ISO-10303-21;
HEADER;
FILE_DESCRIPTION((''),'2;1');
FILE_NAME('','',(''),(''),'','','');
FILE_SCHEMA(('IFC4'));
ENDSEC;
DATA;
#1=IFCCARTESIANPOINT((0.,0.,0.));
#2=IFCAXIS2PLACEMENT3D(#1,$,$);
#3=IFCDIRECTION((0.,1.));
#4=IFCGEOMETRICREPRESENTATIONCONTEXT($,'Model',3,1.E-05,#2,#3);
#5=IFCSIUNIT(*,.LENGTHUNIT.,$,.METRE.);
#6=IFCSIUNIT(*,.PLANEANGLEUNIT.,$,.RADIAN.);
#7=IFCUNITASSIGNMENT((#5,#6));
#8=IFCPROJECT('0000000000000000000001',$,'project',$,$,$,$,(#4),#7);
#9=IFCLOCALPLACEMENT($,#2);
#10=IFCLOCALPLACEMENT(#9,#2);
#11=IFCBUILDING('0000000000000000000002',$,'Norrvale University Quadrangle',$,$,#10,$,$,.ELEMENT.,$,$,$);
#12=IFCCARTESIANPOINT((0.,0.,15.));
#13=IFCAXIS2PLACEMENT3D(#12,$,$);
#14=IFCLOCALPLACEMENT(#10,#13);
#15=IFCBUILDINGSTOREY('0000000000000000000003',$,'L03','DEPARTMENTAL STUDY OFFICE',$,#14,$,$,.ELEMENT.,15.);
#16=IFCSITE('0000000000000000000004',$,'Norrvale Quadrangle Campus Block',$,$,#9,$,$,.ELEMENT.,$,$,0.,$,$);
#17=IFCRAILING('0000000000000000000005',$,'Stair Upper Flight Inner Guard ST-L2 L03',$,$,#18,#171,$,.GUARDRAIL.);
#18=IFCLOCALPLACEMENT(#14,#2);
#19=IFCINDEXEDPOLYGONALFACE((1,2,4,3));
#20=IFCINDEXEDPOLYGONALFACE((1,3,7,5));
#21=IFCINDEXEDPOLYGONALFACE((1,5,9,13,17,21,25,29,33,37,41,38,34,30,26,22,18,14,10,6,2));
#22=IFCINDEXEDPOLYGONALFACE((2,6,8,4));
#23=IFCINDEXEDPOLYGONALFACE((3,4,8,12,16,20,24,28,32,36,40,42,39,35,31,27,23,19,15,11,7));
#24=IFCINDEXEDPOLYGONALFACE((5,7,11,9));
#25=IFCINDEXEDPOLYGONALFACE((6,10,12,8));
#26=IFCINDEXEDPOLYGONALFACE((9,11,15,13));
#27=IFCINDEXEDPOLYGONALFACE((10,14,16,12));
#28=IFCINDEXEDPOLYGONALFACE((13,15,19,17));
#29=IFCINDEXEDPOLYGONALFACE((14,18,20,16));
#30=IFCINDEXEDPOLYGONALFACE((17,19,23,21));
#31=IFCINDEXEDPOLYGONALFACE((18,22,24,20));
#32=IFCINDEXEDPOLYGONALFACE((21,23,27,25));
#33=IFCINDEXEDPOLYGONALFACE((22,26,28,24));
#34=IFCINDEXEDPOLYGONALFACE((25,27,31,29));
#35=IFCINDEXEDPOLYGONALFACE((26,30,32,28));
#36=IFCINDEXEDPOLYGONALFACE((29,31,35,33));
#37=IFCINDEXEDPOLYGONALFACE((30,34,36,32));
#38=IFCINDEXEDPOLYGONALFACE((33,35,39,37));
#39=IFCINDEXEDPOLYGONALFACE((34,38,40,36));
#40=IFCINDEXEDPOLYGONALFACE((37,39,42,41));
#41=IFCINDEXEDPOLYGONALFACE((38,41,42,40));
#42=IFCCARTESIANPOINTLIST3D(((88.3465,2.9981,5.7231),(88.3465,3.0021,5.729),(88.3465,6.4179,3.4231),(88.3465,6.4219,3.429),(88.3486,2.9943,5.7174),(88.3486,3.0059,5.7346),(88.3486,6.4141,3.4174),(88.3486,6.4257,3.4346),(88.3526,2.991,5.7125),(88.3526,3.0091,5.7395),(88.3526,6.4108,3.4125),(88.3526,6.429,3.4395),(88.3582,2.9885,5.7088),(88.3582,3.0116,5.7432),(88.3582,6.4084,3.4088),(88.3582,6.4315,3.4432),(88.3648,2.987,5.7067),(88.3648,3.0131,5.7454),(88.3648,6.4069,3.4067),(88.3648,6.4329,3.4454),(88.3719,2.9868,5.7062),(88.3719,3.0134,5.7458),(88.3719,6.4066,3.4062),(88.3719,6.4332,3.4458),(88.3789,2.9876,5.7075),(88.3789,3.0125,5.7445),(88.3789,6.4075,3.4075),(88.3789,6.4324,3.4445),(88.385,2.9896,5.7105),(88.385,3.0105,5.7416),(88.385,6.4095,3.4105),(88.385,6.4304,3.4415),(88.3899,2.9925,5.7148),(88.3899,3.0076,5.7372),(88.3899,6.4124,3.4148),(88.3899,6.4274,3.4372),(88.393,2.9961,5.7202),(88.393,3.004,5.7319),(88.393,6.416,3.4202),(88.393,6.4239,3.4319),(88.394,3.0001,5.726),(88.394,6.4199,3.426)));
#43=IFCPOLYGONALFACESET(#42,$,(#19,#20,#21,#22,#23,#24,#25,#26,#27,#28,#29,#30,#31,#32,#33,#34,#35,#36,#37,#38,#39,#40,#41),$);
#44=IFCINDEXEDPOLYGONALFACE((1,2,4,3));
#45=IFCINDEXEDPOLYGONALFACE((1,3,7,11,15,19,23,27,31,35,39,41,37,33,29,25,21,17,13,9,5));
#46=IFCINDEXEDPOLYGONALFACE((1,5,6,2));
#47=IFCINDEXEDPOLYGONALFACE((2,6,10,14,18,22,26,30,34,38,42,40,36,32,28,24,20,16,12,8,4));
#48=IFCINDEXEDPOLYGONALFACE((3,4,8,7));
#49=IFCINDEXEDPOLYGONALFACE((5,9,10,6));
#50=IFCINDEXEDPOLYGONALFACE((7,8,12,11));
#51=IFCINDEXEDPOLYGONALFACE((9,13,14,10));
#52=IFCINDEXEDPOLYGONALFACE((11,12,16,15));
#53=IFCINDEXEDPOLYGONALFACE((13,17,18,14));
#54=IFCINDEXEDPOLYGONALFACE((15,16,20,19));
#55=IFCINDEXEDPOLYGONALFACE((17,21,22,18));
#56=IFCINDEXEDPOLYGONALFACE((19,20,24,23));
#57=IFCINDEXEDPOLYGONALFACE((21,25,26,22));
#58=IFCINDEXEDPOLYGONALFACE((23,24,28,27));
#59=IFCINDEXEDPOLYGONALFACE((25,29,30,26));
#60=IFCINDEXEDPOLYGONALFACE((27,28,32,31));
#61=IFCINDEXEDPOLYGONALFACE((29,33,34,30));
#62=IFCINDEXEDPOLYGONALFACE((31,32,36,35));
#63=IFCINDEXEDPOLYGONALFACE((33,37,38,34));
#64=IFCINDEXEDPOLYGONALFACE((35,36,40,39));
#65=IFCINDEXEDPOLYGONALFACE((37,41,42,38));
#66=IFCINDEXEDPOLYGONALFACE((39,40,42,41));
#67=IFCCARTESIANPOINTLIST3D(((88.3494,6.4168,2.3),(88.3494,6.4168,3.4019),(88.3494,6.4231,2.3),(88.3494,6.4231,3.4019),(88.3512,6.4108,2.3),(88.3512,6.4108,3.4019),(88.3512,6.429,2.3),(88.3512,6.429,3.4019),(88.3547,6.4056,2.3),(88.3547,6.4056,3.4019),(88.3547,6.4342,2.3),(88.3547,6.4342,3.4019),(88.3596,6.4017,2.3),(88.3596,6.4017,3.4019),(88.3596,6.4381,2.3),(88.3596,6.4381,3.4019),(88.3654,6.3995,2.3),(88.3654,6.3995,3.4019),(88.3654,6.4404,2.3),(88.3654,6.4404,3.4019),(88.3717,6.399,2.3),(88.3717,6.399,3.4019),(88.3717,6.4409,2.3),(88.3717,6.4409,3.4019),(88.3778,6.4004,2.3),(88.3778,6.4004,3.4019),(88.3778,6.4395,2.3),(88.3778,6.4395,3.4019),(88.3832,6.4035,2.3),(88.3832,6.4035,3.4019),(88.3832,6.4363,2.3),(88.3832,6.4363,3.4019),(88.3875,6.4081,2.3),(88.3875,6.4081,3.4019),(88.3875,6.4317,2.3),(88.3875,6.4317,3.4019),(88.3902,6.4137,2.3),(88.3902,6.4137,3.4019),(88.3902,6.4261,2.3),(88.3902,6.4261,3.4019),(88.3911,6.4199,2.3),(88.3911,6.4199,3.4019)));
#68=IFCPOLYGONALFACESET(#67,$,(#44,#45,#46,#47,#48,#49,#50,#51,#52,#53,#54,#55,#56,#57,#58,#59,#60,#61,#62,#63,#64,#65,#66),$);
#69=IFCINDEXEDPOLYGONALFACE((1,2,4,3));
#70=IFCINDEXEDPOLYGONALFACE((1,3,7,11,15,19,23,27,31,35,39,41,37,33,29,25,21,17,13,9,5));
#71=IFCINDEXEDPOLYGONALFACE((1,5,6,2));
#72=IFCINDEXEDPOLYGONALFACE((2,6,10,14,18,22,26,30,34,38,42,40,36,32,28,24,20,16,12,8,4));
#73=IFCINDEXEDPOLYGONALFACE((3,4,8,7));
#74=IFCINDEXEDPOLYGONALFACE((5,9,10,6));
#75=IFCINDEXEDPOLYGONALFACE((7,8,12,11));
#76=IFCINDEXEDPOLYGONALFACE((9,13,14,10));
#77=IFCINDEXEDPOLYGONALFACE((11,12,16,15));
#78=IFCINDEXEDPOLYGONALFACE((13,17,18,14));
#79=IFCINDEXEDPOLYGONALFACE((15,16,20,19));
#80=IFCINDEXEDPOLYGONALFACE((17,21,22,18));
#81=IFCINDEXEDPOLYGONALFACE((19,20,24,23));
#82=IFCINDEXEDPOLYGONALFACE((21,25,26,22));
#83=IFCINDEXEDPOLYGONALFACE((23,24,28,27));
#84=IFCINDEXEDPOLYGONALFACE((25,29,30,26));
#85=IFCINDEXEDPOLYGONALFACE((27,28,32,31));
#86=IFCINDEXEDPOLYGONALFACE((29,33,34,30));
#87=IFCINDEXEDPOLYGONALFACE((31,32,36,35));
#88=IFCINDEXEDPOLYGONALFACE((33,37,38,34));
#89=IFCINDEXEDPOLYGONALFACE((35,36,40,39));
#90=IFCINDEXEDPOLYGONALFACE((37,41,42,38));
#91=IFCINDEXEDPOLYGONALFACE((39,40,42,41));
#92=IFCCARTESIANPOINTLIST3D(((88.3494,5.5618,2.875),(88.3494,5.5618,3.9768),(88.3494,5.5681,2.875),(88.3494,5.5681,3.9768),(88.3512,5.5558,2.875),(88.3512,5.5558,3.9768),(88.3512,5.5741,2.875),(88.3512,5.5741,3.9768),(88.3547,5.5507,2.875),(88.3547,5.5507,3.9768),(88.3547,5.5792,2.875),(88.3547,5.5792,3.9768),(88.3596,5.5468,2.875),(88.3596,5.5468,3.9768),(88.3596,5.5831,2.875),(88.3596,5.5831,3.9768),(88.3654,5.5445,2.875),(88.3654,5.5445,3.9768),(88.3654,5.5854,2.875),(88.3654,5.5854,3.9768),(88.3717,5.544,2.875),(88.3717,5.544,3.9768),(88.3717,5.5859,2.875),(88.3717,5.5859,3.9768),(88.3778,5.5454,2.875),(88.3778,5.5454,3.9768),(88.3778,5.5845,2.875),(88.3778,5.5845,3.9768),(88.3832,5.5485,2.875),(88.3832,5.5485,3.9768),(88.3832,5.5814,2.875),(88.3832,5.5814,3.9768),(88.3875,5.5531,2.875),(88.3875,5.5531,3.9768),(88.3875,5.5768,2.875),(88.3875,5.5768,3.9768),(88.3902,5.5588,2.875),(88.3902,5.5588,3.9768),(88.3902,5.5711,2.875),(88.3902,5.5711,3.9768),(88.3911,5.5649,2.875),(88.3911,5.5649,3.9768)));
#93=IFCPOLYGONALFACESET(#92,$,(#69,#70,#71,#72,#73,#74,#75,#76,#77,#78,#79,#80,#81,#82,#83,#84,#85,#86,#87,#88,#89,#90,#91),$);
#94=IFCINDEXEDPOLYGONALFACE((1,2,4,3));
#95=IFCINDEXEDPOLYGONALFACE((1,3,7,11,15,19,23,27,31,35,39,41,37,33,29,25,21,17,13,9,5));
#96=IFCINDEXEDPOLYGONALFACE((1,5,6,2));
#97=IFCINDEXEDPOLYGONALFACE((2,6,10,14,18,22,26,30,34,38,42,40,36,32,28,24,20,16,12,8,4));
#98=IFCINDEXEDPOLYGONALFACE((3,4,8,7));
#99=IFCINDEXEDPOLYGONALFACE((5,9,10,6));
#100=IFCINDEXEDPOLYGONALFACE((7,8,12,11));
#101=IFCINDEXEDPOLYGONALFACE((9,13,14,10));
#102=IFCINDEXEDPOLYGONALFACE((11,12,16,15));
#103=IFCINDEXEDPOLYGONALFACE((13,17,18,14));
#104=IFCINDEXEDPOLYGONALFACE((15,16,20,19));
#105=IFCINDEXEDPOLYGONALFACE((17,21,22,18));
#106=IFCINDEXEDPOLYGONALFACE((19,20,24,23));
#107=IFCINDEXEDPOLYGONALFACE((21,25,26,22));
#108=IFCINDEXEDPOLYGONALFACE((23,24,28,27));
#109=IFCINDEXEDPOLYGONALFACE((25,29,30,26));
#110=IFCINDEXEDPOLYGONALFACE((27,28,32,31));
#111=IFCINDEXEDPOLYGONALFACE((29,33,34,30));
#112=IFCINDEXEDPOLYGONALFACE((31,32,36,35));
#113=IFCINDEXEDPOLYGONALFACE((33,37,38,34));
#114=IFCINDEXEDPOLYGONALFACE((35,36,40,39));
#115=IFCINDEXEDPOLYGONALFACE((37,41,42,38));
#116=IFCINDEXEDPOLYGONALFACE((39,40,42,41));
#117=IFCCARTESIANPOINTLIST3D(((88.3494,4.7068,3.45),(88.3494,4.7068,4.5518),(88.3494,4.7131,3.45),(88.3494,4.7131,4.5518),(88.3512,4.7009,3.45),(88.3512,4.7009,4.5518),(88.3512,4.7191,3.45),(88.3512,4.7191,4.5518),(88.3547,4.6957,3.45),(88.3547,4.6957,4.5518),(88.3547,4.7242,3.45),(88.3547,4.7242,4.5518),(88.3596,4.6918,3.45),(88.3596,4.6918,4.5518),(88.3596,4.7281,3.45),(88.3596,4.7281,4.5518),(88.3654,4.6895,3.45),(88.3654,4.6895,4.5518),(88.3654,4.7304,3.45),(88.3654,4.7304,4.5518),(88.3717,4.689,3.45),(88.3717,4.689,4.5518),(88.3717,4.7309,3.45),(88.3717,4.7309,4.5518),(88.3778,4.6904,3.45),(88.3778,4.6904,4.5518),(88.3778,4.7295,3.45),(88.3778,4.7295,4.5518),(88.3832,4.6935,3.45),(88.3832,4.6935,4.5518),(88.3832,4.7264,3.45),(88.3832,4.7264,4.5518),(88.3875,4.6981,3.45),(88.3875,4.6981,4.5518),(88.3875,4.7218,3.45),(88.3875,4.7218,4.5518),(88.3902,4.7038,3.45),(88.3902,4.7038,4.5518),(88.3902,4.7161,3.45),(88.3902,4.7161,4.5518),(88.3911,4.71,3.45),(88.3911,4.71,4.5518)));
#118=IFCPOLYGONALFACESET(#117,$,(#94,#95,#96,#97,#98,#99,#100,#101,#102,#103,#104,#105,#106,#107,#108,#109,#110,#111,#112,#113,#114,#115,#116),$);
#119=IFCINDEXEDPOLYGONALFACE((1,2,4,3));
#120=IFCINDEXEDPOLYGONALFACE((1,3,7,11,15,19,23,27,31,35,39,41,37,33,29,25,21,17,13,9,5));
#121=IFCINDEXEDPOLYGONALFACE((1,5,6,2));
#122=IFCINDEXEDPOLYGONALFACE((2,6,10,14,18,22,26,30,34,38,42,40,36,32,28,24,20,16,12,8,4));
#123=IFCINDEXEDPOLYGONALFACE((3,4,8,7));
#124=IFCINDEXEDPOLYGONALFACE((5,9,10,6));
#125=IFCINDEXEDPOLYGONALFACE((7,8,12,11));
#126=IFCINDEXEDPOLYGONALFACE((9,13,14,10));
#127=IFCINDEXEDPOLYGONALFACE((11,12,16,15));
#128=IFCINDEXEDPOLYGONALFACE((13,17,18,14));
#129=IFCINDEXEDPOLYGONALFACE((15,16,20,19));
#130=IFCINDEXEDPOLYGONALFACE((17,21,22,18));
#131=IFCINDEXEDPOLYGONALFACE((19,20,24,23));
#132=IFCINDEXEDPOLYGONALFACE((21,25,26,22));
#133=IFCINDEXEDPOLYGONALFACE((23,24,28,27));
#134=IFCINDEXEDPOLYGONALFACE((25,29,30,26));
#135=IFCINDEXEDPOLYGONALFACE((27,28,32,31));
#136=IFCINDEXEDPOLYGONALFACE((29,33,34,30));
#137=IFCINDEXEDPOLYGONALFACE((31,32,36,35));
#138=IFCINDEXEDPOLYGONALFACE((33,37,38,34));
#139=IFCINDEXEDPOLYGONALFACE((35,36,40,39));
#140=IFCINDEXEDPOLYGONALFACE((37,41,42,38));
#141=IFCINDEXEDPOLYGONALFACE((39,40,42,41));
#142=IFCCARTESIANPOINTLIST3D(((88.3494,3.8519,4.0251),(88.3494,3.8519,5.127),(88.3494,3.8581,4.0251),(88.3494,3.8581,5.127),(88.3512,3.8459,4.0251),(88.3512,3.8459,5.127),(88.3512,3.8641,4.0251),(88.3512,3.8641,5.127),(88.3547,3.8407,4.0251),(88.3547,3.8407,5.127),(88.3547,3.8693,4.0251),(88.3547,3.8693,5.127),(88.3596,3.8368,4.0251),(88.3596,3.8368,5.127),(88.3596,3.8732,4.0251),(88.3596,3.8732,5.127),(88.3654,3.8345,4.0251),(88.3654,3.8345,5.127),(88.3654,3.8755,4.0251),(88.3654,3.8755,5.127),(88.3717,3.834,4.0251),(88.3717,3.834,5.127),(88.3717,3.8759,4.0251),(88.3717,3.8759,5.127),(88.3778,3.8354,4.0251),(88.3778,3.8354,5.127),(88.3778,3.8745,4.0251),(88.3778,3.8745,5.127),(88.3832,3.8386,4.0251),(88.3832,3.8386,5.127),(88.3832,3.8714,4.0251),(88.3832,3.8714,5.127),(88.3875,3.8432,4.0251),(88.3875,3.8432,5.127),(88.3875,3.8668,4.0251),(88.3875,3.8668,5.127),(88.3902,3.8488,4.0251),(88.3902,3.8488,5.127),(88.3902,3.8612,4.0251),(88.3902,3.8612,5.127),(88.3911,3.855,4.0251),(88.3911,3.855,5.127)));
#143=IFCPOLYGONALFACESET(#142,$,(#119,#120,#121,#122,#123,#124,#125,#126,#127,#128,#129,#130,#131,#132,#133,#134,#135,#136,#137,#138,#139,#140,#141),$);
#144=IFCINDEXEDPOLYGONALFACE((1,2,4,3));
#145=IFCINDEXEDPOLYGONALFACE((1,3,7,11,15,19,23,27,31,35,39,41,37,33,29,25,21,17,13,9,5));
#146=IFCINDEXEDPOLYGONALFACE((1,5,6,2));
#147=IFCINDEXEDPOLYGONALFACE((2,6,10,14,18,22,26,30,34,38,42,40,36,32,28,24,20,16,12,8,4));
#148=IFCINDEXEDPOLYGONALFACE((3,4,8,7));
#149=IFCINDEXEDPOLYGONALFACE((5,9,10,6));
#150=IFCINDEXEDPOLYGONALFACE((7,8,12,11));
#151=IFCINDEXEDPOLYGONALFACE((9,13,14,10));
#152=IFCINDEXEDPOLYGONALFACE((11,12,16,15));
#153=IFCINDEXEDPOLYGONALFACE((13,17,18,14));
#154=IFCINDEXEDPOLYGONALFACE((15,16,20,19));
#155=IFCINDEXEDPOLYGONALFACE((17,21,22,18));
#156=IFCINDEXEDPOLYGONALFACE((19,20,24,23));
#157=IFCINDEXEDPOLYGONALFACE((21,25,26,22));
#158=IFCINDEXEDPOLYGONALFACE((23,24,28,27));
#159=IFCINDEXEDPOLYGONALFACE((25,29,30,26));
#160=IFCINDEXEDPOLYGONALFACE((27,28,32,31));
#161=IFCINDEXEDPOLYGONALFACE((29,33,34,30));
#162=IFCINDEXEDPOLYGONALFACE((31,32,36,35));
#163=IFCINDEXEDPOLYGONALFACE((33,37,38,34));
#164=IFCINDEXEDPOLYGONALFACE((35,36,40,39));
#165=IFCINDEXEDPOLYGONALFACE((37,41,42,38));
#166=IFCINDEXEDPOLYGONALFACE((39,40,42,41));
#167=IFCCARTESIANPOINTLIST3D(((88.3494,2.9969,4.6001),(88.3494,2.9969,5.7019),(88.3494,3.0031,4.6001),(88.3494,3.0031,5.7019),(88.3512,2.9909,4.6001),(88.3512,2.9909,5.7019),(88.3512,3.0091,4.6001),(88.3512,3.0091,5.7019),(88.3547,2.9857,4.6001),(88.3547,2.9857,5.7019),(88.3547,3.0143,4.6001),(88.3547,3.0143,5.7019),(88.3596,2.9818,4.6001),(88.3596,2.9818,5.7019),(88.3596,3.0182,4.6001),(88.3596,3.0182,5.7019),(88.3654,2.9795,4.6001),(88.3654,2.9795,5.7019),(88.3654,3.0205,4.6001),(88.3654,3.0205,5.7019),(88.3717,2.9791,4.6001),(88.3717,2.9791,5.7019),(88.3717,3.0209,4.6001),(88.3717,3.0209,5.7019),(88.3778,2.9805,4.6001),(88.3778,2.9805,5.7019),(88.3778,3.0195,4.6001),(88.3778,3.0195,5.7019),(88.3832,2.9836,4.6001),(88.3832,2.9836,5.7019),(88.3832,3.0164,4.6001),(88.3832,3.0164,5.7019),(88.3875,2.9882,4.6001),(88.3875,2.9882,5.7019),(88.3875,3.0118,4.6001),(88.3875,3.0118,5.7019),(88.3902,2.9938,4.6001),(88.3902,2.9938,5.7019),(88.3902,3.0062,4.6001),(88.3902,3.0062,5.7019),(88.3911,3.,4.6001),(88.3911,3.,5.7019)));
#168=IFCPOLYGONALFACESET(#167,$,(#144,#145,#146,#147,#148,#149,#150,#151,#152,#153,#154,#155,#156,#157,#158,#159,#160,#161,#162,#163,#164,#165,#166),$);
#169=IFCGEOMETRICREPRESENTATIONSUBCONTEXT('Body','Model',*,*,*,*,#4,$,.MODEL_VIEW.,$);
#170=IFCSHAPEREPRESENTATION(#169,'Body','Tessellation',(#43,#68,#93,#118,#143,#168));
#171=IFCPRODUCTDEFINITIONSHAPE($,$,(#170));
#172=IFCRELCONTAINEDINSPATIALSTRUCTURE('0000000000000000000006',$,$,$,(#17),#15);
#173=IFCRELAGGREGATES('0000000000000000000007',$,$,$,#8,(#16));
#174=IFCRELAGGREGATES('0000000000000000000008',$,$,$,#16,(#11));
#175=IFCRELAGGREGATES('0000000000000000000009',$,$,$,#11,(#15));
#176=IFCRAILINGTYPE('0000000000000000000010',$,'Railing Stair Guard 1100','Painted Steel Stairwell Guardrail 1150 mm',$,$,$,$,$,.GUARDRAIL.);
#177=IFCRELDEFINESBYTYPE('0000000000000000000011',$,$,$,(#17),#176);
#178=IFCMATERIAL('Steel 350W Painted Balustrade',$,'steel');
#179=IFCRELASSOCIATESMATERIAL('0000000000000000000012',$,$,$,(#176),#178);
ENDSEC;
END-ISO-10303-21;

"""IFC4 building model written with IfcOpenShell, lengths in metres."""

from ifc_helpers import new_model, si_unit, direction, frame, origin, origin_2d, place, context, subcontext, project, spatial, circle, extrude, material, type_object, element, save


model = new_model("IFC4")

# Units and contexts
model_context = context("Model", 3, precision=1e-05, world=origin(), true_north=direction((0.0, 1.0)))
body_context = subcontext(model_context, "Body", "Model", "MODEL_VIEW")
ifc_project = project(units=[si_unit("LENGTHUNIT", "METRE"), si_unit("PLANEANGLEUNIT", "RADIAN")], contexts=[model_context])

# Site, building, storey
site_placement = place(None, origin())
site = spatial("IfcSite", under=ifc_project, at=site_placement, Name="Norrvale Quadrangle Campus Block", CompositionType="ELEMENT", RefElevation=0.0)
building_placement = place(site_placement, origin())
building = spatial("IfcBuilding", under=site, at=building_placement, Name="Norrvale University Quadrangle", CompositionType="ELEMENT")
storey_placement = place(building_placement, frame((0.0, 0.0, 15.0)))
storey = spatial("IfcBuildingStorey", under=building, at=storey_placement, Name="L03", Description="DEPARTMENTAL STUDY OFFICE", CompositionType="ELEMENT", Elevation=15.0)

# Railing
ifc_material_1 = material(Name="Steel 350W Painted Balustrade", Category="steel")
railing_type_1 = type_object("IfcRailingType", Name="Railing Stair Guard 1100", Description="Painted Steel Stairwell Guardrail 1150 mm", PredefinedType="GUARDRAIL", material=ifc_material_1)
railing_1_placement = place(storey_placement, frame((88.3701, 6.4199, 2.3)))
element("IfcRailing", 1, at=railing_1_placement, inside=storey, type_object=railing_type_1, Name="Stair Upper Flight Inner Guard ST-L2 L03", PredefinedType="GUARDRAIL", context=body_context, shape_type="SweptSolid", body=[
    extrude(circle(Radius=0.0239, at=origin_2d()), frame((0.0, 0.0, 1.126), z_axis=(0.0, -0.829792, 0.558072), x_axis=(1.0, 0.0, 0.0)), (0.0, 0.0, 1.0), 4.1213),
    extrude(circle(Radius=0.021, at=origin_2d()), origin(), (0.0, 0.0, 1.0), 1.1018),
    extrude(circle(Radius=0.021, at=origin_2d()), frame((0.0, -0.855, 0.575)), (0.0, 0.0, 1.0), 1.1018),
    extrude(circle(Radius=0.021, at=origin_2d()), frame((0.0, -1.71, 1.1499)), (0.0, 0.0, 1.0), 1.1018),
    extrude(circle(Radius=0.021, at=origin_2d()), frame((0.0, -2.5649, 1.7251)), (0.0, 0.0, 1.0), 1.1018),
    extrude(circle(Radius=0.021, at=origin_2d()), frame((0.0, -3.4199, 2.3)), (0.0, 0.0, 1.0), 1.1018),
])

save(model, "model.ifc")
